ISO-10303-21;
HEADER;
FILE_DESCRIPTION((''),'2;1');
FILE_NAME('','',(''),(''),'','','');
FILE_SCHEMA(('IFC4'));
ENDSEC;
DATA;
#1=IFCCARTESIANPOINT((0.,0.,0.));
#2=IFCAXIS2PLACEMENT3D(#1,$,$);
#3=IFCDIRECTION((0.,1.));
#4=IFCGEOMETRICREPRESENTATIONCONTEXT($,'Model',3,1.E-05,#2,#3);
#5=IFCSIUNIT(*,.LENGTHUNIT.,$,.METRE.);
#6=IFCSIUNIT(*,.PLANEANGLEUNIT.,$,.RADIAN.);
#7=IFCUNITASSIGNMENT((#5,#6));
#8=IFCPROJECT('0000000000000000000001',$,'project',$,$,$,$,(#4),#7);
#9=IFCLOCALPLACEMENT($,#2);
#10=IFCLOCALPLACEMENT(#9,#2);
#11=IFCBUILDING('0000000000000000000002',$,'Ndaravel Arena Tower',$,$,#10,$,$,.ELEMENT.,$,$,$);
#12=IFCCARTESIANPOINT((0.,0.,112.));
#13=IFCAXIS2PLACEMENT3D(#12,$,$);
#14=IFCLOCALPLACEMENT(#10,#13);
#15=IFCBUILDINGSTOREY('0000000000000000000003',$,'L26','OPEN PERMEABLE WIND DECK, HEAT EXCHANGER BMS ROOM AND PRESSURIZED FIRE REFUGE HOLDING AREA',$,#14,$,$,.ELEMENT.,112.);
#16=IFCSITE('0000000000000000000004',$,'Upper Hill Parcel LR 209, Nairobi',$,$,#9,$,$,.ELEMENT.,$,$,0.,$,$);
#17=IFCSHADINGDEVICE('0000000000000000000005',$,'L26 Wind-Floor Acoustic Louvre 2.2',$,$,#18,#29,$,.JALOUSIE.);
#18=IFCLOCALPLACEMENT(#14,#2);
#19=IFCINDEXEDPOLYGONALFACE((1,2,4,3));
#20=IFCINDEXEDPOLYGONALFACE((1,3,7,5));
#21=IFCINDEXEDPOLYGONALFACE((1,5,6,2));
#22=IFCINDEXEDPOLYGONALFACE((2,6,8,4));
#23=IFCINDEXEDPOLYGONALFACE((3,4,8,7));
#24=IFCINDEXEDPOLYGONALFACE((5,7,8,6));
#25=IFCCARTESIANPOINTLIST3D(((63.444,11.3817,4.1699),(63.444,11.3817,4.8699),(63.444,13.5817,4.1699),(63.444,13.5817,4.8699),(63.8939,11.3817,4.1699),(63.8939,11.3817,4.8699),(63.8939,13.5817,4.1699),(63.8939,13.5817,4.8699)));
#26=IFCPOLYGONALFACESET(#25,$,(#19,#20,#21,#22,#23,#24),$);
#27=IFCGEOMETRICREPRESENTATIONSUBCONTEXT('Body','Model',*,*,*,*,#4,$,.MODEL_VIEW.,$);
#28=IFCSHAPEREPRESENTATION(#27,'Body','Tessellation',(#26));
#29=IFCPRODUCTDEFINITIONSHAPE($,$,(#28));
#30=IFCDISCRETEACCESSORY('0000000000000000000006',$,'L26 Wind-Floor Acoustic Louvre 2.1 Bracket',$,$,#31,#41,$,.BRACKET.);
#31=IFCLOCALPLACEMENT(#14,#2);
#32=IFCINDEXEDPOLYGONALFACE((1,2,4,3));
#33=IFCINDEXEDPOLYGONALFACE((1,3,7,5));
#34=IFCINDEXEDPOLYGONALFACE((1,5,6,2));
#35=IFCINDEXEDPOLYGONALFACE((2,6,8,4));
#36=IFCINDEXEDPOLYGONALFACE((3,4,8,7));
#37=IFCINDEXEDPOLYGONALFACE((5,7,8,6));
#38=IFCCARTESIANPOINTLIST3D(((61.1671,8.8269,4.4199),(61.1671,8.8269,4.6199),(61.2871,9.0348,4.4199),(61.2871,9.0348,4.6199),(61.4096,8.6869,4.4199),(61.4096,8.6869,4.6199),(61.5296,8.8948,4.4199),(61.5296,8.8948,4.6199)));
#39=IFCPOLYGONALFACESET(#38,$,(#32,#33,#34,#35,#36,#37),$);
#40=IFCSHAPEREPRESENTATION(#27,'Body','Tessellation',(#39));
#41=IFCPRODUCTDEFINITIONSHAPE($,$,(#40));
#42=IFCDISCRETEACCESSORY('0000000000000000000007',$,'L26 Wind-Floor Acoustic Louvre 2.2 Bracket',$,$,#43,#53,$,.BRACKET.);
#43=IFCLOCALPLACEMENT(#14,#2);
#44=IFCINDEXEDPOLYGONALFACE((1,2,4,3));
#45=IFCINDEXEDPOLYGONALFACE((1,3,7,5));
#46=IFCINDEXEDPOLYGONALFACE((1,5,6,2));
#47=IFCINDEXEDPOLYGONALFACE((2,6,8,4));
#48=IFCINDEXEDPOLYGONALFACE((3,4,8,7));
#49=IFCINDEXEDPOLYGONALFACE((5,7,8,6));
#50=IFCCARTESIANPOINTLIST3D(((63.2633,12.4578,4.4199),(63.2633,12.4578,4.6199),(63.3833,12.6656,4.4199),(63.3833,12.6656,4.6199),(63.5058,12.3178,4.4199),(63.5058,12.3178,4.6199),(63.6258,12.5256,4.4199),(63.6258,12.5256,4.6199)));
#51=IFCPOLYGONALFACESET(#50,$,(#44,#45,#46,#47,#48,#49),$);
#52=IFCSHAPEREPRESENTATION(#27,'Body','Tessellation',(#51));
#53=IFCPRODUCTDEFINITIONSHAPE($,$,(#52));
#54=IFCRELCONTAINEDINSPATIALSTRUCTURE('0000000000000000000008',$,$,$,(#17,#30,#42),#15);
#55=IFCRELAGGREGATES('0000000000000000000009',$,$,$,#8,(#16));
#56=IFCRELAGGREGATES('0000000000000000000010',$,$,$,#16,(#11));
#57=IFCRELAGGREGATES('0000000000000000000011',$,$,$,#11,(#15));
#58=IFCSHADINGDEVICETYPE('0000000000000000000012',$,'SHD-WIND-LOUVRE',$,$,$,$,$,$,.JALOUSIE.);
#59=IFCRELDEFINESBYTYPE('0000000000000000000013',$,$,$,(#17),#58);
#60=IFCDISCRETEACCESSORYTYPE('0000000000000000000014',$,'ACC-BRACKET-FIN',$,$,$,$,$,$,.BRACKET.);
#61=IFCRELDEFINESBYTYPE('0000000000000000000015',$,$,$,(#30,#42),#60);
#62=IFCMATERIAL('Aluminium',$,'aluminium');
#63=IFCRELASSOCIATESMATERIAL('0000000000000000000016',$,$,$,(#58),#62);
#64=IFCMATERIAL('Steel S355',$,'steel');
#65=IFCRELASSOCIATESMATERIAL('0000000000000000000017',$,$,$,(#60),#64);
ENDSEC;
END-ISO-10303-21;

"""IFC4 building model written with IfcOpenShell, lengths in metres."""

from ifc_helpers import new_model, si_unit, direction, frame, origin, origin_2d, place, context, subcontext, project, spatial, rectangle, extrude, material, type_object, element, save


model = new_model("IFC4")

# Units and contexts
model_context = context("Model", 3, precision=1e-05, world=origin(), true_north=direction((0.0, 1.0)))
body_context = subcontext(model_context, "Body", "Model", "MODEL_VIEW")
ifc_project = project(units=[si_unit("LENGTHUNIT", "METRE"), si_unit("PLANEANGLEUNIT", "RADIAN")], contexts=[model_context])

# Site, building, storey
site_placement = place(None, origin())
site = spatial("IfcSite", under=ifc_project, at=site_placement, Name="Upper Hill Parcel LR 209, Nairobi", CompositionType="ELEMENT", RefElevation=0.0)
building_placement = place(site_placement, origin())
building = spatial("IfcBuilding", under=site, at=building_placement, Name="Ndaravel Arena Tower", CompositionType="ELEMENT")
storey_placement = place(building_placement, frame((0.0, 0.0, 112.0)))
storey = spatial("IfcBuildingStorey", under=building, at=storey_placement, Name="L26", Description="OPEN PERMEABLE WIND DECK, HEAT EXCHANGER BMS ROOM AND PRESSURIZED FIRE REFUGE HOLDING AREA", CompositionType="ELEMENT", Elevation=112.0)

# Shading device
ifc_material_1 = material(Name="Aluminium", Category="aluminium")
shading_device_type = type_object("IfcShadingDeviceType", Name="SHD-WIND-LOUVRE", PredefinedType="JALOUSIE", material=ifc_material_1)
for number, where, z_axis, x_axis, name in (
    (1, (63.6689, 12.4817, 4.1699), (0.0, 0.0, 1.0), (1.0, 0.0, 0.0), "L26 Wind-Floor Acoustic Louvre 2.2"),
):
    element("IfcShadingDevice", number, at=place(storey_placement, frame(where, z_axis=z_axis, x_axis=x_axis)), inside=storey, type_object=shading_device_type, Name=name, PredefinedType="JALOUSIE", context=body_context, shape_type="SweptSolid", body=[
        extrude(rectangle(XDim=0.45, YDim=2.2, at=origin_2d()), origin(), (0.0, 0.0, 1.0), 0.7),
    ])

# Discrete accessories
ifc_material_2 = material(Name="Steel S355", Category="steel")
discrete_accessory_type = type_object("IfcDiscreteAccessoryType", Name="ACC-BRACKET-FIN", PredefinedType="BRACKET", material=ifc_material_2)
for number, where, z_axis, x_axis, name in (
    (2, (61.3484, 8.8608, 4.4199), (0.0, 0.0, 1.0), (0.866025, -0.5, 0.0), "L26 Wind-Floor Acoustic Louvre 2.1 Bracket"),
    (3, (63.4446, 12.4917, 4.4199), (0.0, 0.0, 1.0), (0.866025, -0.5, 0.0), "L26 Wind-Floor Acoustic Louvre 2.2 Bracket"),
):
    element("IfcDiscreteAccessory", number, at=place(storey_placement, frame(where, z_axis=z_axis, x_axis=x_axis)), inside=storey, type_object=discrete_accessory_type, Name=name, PredefinedType="BRACKET", context=body_context, shape_type="SweptSolid", body=[
        extrude(rectangle(XDim=0.28, YDim=0.24, at=origin_2d()), origin(), (0.0, 0.0, 1.0), 0.2),
    ])

save(model, "model.ifc")
